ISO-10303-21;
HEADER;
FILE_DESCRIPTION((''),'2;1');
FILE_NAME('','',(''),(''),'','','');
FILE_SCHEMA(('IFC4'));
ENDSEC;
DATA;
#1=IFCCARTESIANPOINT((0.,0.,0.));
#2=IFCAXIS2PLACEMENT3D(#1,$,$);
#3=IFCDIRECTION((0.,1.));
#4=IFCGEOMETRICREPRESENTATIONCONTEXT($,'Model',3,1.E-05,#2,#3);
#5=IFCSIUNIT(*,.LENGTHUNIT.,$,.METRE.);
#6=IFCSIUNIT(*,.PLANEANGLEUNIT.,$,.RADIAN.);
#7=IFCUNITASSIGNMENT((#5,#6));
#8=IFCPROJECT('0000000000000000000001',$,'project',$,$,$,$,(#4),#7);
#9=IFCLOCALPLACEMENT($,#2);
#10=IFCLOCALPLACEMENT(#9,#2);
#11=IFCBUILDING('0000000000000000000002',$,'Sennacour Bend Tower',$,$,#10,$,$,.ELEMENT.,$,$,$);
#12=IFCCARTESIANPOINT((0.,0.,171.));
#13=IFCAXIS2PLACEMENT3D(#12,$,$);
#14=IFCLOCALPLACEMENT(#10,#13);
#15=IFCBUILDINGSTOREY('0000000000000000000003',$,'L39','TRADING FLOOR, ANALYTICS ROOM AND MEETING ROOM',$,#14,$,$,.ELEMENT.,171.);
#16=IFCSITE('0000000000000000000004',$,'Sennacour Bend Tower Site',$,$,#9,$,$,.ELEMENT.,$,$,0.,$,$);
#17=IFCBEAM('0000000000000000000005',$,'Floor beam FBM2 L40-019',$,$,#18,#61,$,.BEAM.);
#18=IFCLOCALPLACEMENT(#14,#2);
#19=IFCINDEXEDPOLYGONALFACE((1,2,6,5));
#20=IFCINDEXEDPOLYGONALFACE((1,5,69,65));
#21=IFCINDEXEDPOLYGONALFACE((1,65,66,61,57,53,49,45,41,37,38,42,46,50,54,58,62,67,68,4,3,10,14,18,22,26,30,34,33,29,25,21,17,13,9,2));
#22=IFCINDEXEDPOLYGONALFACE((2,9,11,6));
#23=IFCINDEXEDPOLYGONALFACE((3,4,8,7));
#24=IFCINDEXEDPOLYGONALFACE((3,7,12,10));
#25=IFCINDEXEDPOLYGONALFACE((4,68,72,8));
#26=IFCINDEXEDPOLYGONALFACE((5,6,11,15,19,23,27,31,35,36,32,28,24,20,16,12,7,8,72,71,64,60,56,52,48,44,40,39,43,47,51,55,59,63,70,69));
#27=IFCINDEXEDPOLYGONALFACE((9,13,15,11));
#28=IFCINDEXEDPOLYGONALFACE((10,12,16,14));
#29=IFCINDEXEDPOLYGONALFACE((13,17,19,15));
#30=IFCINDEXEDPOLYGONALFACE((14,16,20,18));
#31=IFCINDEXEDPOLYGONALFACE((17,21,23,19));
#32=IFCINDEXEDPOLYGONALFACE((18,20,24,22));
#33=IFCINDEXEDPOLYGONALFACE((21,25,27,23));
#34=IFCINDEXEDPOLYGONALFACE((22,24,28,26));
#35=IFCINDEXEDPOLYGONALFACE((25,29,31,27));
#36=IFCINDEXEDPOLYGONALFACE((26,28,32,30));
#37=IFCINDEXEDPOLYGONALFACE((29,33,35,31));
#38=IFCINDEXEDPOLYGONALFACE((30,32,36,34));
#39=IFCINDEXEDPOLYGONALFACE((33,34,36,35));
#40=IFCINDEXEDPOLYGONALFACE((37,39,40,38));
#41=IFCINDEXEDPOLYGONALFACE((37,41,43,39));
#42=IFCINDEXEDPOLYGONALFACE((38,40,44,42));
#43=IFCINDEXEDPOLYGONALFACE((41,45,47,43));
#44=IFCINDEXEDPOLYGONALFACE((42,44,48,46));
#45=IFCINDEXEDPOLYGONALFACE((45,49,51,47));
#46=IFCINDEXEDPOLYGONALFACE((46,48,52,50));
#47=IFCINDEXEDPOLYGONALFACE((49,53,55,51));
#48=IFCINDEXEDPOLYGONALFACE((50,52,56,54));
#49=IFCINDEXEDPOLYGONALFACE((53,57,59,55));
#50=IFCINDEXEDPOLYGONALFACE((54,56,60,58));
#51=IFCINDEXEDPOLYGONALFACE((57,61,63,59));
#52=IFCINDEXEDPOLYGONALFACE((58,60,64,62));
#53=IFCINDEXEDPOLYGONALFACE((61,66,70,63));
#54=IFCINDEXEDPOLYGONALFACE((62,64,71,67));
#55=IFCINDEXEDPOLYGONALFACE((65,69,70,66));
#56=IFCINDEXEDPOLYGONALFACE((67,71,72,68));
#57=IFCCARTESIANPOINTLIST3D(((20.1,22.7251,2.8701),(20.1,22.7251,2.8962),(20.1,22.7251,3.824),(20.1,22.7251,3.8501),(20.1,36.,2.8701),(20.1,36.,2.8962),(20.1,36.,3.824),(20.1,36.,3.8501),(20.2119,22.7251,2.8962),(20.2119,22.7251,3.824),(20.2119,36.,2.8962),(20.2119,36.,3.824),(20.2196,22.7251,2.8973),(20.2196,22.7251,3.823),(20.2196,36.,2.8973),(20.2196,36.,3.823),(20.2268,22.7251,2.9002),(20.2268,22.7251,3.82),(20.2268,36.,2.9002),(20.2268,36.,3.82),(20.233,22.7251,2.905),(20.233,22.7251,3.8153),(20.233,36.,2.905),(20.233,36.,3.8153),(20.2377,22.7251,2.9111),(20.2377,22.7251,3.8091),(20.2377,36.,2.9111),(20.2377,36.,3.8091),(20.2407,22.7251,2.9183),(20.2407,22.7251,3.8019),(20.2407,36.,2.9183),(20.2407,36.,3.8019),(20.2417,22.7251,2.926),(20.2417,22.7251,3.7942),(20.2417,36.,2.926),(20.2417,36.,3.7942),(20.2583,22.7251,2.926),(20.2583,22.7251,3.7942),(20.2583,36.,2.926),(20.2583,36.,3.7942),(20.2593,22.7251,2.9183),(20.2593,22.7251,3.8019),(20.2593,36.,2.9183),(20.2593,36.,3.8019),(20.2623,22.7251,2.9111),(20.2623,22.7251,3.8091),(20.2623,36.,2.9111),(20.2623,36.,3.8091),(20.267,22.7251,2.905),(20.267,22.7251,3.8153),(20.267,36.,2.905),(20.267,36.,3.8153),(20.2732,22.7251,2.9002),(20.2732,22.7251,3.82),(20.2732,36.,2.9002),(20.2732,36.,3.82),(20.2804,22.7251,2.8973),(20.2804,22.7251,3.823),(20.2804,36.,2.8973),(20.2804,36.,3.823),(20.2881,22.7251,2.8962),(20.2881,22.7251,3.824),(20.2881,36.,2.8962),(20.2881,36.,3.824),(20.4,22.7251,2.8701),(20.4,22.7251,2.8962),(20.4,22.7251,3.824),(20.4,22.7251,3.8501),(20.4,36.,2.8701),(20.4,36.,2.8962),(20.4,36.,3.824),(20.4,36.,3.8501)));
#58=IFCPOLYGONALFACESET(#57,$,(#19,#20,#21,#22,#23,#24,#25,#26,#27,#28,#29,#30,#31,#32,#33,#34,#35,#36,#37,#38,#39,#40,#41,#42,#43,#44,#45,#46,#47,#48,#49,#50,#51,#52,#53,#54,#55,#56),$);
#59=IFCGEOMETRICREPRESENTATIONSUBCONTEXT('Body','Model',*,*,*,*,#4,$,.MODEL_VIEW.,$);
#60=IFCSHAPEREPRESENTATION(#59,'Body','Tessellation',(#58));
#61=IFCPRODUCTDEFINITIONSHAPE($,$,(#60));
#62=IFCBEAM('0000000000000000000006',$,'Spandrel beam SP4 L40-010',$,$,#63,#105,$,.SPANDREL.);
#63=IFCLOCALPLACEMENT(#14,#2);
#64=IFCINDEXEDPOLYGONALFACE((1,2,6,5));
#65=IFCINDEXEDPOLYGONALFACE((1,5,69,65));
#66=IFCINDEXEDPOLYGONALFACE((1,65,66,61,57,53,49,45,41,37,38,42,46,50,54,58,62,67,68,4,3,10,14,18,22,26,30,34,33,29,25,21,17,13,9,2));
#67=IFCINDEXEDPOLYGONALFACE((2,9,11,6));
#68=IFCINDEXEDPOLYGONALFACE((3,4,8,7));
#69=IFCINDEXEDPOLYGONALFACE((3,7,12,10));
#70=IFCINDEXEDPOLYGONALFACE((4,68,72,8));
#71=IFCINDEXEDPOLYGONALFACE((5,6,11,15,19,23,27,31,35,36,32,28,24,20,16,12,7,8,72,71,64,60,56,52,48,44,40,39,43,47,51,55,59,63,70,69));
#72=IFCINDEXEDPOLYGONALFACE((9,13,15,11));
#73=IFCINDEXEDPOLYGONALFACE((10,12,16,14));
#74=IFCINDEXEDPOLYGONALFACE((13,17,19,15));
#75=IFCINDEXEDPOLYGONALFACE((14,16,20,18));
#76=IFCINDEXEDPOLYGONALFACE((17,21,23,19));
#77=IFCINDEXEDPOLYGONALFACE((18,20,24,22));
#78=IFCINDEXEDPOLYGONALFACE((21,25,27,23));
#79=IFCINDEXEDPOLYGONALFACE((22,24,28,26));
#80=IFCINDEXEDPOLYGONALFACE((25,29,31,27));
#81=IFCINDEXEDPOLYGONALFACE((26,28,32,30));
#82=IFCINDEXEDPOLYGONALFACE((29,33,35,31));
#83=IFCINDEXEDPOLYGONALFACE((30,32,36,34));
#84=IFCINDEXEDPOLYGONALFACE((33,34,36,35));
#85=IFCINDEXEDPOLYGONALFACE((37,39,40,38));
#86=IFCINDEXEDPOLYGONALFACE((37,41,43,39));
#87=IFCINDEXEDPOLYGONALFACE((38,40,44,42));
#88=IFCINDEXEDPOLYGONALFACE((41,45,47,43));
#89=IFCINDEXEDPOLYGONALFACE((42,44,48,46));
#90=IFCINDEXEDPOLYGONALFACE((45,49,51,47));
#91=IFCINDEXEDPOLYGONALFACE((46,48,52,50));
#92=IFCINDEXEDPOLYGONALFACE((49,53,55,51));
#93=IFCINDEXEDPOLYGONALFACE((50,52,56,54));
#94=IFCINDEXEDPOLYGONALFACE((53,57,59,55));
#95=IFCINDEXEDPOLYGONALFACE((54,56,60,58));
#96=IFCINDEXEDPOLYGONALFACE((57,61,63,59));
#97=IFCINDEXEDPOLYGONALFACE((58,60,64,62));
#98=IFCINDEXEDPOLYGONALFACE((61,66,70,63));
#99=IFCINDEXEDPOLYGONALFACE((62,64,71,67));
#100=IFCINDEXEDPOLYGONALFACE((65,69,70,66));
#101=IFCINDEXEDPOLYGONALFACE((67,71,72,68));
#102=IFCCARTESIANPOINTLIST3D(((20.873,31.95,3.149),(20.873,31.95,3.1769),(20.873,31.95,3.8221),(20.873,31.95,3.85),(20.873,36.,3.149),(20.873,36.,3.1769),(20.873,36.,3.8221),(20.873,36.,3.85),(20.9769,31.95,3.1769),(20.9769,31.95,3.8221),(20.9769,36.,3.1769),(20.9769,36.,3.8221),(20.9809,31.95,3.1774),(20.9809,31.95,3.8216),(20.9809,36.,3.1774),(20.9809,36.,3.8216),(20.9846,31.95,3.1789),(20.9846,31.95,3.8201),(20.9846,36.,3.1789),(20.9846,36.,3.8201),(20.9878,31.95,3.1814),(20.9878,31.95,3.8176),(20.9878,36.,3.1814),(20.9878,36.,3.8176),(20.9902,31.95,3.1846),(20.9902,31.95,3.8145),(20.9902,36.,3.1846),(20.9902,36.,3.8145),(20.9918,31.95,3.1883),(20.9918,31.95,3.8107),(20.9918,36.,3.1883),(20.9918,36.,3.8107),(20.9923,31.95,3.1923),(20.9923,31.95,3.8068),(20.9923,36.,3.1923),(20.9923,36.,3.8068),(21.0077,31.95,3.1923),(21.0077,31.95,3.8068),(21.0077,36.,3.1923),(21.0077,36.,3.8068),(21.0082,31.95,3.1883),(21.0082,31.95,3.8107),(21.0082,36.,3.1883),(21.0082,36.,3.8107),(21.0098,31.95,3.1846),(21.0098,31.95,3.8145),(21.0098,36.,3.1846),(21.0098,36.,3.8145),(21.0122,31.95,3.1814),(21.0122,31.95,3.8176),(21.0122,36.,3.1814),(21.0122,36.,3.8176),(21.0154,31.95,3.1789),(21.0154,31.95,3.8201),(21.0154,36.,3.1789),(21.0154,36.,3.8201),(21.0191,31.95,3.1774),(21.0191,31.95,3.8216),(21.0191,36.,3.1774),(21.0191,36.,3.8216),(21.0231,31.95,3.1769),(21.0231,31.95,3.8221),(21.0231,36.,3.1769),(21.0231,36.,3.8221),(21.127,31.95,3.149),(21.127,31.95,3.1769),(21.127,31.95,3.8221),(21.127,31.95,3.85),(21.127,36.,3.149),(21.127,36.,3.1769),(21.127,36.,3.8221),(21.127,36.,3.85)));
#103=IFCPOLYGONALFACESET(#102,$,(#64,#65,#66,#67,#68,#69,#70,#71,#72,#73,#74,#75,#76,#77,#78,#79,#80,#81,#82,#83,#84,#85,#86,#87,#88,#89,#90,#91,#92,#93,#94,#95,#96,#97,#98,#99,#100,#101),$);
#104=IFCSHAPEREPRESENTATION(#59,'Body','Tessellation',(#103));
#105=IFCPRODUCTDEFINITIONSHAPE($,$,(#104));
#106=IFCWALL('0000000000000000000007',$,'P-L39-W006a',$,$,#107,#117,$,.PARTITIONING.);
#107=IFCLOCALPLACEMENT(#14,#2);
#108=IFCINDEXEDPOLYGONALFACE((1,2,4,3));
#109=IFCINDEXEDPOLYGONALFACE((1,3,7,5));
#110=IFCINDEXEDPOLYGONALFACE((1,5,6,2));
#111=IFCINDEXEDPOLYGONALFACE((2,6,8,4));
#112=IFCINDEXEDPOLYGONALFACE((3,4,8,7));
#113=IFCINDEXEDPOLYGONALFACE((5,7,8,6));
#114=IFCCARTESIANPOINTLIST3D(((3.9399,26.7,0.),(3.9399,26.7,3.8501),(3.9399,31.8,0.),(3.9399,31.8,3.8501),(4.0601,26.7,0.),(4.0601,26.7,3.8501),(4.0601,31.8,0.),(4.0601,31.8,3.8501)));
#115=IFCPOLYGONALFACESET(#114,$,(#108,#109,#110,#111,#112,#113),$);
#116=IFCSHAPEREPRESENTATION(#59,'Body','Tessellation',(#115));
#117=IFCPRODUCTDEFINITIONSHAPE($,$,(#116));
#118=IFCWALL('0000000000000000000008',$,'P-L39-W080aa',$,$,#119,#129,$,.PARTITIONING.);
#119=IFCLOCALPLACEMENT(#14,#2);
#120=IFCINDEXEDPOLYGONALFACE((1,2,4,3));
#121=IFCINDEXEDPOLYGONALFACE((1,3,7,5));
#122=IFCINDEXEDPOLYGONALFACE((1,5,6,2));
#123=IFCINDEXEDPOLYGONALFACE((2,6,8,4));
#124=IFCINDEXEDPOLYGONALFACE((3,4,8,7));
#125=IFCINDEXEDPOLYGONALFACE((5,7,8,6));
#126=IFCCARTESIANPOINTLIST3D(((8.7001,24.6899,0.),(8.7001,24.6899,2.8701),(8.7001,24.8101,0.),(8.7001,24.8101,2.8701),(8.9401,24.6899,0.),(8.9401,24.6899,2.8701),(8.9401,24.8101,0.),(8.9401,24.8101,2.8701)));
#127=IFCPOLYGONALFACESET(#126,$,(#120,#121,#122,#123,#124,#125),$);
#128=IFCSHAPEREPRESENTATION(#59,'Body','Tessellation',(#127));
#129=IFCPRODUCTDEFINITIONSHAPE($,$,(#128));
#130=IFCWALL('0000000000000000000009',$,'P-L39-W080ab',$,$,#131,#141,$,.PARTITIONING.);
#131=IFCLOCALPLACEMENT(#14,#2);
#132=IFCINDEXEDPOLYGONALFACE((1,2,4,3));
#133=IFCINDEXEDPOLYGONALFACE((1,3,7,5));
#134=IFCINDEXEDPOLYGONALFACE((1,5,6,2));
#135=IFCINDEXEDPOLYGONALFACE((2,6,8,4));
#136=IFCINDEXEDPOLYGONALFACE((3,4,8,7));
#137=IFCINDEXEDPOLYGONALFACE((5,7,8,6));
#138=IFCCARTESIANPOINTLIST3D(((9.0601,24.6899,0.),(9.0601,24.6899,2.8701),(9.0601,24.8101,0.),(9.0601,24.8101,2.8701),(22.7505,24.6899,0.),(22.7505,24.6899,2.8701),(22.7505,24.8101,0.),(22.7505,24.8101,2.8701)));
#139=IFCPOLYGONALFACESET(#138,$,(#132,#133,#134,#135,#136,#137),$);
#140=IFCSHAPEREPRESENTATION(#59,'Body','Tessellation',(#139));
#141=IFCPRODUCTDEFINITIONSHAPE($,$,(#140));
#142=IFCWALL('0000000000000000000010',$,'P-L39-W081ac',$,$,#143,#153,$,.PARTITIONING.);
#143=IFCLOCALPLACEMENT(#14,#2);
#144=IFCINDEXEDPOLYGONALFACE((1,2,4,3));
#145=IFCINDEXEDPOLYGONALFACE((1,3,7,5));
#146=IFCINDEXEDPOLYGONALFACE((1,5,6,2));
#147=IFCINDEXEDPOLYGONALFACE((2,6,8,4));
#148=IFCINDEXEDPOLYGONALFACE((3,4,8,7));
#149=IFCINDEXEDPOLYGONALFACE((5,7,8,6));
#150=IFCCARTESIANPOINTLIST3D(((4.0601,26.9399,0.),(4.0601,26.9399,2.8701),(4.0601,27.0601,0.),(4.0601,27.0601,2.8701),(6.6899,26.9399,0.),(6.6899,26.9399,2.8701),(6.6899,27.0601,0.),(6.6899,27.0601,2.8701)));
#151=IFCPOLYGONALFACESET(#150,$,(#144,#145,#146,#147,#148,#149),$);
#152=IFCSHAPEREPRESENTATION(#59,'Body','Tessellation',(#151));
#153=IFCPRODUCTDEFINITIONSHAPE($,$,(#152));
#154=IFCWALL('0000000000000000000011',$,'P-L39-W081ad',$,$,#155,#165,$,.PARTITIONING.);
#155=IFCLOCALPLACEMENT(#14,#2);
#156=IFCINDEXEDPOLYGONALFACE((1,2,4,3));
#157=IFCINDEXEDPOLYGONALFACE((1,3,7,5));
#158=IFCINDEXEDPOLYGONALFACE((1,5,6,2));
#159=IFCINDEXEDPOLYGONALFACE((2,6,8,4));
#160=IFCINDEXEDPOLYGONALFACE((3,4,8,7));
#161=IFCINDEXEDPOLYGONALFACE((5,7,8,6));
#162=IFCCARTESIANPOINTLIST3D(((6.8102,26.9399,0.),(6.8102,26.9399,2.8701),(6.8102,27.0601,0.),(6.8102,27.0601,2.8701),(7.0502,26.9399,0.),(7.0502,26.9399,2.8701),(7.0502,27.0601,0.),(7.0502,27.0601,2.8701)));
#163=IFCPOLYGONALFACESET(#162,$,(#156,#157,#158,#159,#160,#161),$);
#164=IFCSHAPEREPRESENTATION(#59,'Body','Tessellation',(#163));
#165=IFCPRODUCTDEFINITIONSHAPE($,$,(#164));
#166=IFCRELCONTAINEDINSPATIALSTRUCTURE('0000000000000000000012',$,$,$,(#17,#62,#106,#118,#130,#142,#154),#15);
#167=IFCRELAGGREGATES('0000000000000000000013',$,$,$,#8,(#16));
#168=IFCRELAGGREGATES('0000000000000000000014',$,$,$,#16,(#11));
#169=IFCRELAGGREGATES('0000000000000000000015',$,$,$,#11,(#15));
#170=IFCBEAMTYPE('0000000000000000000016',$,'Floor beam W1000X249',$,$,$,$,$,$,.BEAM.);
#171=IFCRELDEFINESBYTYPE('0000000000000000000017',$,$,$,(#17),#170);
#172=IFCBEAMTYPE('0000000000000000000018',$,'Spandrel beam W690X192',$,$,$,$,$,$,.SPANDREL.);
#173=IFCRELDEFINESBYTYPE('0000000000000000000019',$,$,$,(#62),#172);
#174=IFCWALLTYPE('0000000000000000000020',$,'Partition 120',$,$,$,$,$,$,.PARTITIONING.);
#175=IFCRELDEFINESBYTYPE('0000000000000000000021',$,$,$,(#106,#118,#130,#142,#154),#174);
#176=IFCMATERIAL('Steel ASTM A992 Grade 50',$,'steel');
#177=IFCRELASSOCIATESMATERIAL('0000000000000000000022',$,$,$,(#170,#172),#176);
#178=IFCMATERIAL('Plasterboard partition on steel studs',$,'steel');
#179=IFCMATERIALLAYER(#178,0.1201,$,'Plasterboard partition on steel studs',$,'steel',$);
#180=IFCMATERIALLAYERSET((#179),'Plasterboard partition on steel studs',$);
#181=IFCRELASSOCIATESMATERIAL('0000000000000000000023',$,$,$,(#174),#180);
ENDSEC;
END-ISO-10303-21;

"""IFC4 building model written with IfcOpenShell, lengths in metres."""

from ifc_helpers import new_model, si_unit, direction, frame, frame_2d, origin, origin_2d, place, context, subcontext, project, spatial, rectangle, i_section, extrude, material, layer, layer_set, material_profile, profile_set, type_object, element, save


model = new_model("IFC4")

# Units and contexts
model_context = context("Model", 3, precision=1e-05, world=origin(), true_north=direction((0.0, 1.0)))
body_context = subcontext(model_context, "Body", "Model", "MODEL_VIEW")
ifc_project = project(units=[si_unit("LENGTHUNIT", "METRE"), si_unit("PLANEANGLEUNIT", "RADIAN")], contexts=[model_context])

# Site, building, storey
site_placement = place(None, origin())
site = spatial("IfcSite", under=ifc_project, at=site_placement, Name="Sennacour Bend Tower Site", CompositionType="ELEMENT", RefElevation=0.0)
building_placement = place(site_placement, origin())
building = spatial("IfcBuilding", under=site, at=building_placement, Name="Sennacour Bend Tower", CompositionType="ELEMENT")
storey_placement = place(building_placement, frame((0.0, 0.0, 171.0)))
storey = spatial("IfcBuildingStorey", under=building, at=storey_placement, Name="L39", Description="TRADING FLOOR, ANALYTICS ROOM AND MEETING ROOM", CompositionType="ELEMENT", Elevation=171.0)

# Beams
ifc_material_1 = material(Name="Steel ASTM A992 Grade 50", Category="steel")
ifc_material_profile_1 = material_profile(ifc_material_1, i_section(OverallWidth=0.3, OverallDepth=0.98, WebThickness=0.0166, FlangeThickness=0.0261, FilletRadius=0.0298, at=origin_2d()), Name="Steel ASTM A992 Grade 50", Category="steel")
ifc_profile_set_1 = profile_set([ifc_material_profile_1], Name="Steel ASTM A992 Grade 50")
beam_type_1 = type_object("IfcBeamType", Name="Floor beam W1000X249", PredefinedType="BEAM", material=ifc_profile_set_1)
for number, where, z_axis, x_axis, name in (
    (1, (20.25, 22.7251, 3.3601), (0.0, 1.0, 0.0), (-1.0, 0.0, 0.0), "Floor beam FBM2 L40-019"),
):
    element("IfcBeam", number, at=place(storey_placement, frame(where, z_axis=z_axis, x_axis=x_axis)), inside=storey, type_object=beam_type_1, Name=name, PredefinedType="BEAM", context=body_context, shape_type="SweptSolid", body=[
        extrude(i_section(OverallWidth=0.3, OverallDepth=0.98, WebThickness=0.0166, FlangeThickness=0.0261, FilletRadius=0.0298, at=origin_2d()), origin(), (0.0, 0.0, 1.0), 13.2749),
    ])
ifc_material_profile_2 = material_profile(ifc_material_1, i_section(OverallWidth=0.2539, OverallDepth=0.7009, WebThickness=0.0154, FlangeThickness=0.0278, FilletRadius=0.0154, at=origin_2d()), Name="Steel ASTM A992 Grade 50", Category="steel")
ifc_profile_set_2 = profile_set([ifc_material_profile_2], Name="Steel ASTM A992 Grade 50")
beam_type_2 = type_object("IfcBeamType", Name="Spandrel beam W690X192", PredefinedType="SPANDREL", material=ifc_profile_set_2)
beam_placement = place(storey_placement, frame((21.0, 36.0, 3.4995), z_axis=(0.0, -1.0, 0.0), x_axis=(1.0, 0.0, 0.0)))
element("IfcBeam", 2, at=beam_placement, inside=storey, type_object=beam_type_2, Name="Spandrel beam SP4 L40-010", PredefinedType="SPANDREL", context=body_context, shape_type="SweptSolid", body=[
    extrude(i_section(OverallWidth=0.2539, OverallDepth=0.7009, WebThickness=0.0154, FlangeThickness=0.0278, FilletRadius=0.0154, at=origin_2d()), origin(), (0.0, 0.0, 1.0), 4.05),
])

# Walls
ifc_material_2 = material(Name="Plasterboard partition on steel studs", Category="steel")
ifc_layer_1 = layer(ifc_material_2, 0.1201, Name="Plasterboard partition on steel studs", Category="steel")
ifc_layer_set_1 = layer_set([ifc_layer_1], Name="Plasterboard partition on steel studs")
wall_type_1 = type_object("IfcWallType", Name="Partition 120", PredefinedType="PARTITIONING", material=ifc_layer_set_1)
wall_1_placement = place(storey_placement, frame((4.0, 26.7, 0.0), z_axis=(0.0, 0.0, 1.0), x_axis=(0.0, 1.0, 0.0)))
element("IfcWall", 3, at=wall_1_placement, inside=storey, type_object=wall_type_1, Name="P-L39-W006a", PredefinedType="PARTITIONING", context=body_context, shape_type="SweptSolid", body=[
    extrude(rectangle(XDim=5.1001, YDim=0.1201, at=frame_2d((2.55, 0.0))), origin(), (0.0, 0.0, 1.0), 3.8501),
])
wall_2_placement = place(storey_placement, frame((8.7, 24.75, 0.0), z_axis=(0.0, 0.0, 1.0), x_axis=(1.0, 0.0, 0.0)))
element("IfcWall", 4, at=wall_2_placement, inside=storey, type_object=wall_type_1, Name="P-L39-W080aa", PredefinedType="PARTITIONING", context=body_context, shape_type="SweptSolid", body=[
    extrude(rectangle(XDim=0.24, YDim=0.1201, at=frame_2d((0.1201, 0.0))), origin(), (0.0, 0.0, 1.0), 2.8701),
])
wall_3_placement = place(storey_placement, frame((9.0601, 24.75, 0.0), z_axis=(0.0, 0.0, 1.0), x_axis=(1.0, 0.0, 0.0)))
element("IfcWall", 5, at=wall_3_placement, inside=storey, type_object=wall_type_1, Name="P-L39-W080ab", PredefinedType="PARTITIONING", context=body_context, shape_type="SweptSolid", body=[
    extrude(rectangle(XDim=13.6904, YDim=0.1201, at=frame_2d((6.8452, 0.0))), origin(), (0.0, 0.0, 1.0), 2.8701),
])
wall_4_placement = place(storey_placement, frame((4.0601, 27.0, 0.0), z_axis=(0.0, 0.0, 1.0), x_axis=(1.0, 0.0, 0.0)))
element("IfcWall", 6, at=wall_4_placement, inside=storey, type_object=wall_type_1, Name="P-L39-W081ac", PredefinedType="PARTITIONING", context=body_context, shape_type="SweptSolid", body=[
    extrude(rectangle(XDim=2.6299, YDim=0.1201, at=frame_2d((1.3149, 0.0))), origin(), (0.0, 0.0, 1.0), 2.8701),
])
wall_5_placement = place(storey_placement, frame((6.8101, 27.0, 0.0), z_axis=(0.0, 0.0, 1.0), x_axis=(1.0, 0.0, 0.0)))
element("IfcWall", 7, at=wall_5_placement, inside=storey, type_object=wall_type_1, Name="P-L39-W081ad", PredefinedType="PARTITIONING", context=body_context, shape_type="SweptSolid", body=[
    extrude(rectangle(XDim=0.24, YDim=0.1201, at=frame_2d((0.1201, 0.0))), origin(), (0.0, 0.0, 1.0), 2.8701),
])

save(model, "model.ifc")
